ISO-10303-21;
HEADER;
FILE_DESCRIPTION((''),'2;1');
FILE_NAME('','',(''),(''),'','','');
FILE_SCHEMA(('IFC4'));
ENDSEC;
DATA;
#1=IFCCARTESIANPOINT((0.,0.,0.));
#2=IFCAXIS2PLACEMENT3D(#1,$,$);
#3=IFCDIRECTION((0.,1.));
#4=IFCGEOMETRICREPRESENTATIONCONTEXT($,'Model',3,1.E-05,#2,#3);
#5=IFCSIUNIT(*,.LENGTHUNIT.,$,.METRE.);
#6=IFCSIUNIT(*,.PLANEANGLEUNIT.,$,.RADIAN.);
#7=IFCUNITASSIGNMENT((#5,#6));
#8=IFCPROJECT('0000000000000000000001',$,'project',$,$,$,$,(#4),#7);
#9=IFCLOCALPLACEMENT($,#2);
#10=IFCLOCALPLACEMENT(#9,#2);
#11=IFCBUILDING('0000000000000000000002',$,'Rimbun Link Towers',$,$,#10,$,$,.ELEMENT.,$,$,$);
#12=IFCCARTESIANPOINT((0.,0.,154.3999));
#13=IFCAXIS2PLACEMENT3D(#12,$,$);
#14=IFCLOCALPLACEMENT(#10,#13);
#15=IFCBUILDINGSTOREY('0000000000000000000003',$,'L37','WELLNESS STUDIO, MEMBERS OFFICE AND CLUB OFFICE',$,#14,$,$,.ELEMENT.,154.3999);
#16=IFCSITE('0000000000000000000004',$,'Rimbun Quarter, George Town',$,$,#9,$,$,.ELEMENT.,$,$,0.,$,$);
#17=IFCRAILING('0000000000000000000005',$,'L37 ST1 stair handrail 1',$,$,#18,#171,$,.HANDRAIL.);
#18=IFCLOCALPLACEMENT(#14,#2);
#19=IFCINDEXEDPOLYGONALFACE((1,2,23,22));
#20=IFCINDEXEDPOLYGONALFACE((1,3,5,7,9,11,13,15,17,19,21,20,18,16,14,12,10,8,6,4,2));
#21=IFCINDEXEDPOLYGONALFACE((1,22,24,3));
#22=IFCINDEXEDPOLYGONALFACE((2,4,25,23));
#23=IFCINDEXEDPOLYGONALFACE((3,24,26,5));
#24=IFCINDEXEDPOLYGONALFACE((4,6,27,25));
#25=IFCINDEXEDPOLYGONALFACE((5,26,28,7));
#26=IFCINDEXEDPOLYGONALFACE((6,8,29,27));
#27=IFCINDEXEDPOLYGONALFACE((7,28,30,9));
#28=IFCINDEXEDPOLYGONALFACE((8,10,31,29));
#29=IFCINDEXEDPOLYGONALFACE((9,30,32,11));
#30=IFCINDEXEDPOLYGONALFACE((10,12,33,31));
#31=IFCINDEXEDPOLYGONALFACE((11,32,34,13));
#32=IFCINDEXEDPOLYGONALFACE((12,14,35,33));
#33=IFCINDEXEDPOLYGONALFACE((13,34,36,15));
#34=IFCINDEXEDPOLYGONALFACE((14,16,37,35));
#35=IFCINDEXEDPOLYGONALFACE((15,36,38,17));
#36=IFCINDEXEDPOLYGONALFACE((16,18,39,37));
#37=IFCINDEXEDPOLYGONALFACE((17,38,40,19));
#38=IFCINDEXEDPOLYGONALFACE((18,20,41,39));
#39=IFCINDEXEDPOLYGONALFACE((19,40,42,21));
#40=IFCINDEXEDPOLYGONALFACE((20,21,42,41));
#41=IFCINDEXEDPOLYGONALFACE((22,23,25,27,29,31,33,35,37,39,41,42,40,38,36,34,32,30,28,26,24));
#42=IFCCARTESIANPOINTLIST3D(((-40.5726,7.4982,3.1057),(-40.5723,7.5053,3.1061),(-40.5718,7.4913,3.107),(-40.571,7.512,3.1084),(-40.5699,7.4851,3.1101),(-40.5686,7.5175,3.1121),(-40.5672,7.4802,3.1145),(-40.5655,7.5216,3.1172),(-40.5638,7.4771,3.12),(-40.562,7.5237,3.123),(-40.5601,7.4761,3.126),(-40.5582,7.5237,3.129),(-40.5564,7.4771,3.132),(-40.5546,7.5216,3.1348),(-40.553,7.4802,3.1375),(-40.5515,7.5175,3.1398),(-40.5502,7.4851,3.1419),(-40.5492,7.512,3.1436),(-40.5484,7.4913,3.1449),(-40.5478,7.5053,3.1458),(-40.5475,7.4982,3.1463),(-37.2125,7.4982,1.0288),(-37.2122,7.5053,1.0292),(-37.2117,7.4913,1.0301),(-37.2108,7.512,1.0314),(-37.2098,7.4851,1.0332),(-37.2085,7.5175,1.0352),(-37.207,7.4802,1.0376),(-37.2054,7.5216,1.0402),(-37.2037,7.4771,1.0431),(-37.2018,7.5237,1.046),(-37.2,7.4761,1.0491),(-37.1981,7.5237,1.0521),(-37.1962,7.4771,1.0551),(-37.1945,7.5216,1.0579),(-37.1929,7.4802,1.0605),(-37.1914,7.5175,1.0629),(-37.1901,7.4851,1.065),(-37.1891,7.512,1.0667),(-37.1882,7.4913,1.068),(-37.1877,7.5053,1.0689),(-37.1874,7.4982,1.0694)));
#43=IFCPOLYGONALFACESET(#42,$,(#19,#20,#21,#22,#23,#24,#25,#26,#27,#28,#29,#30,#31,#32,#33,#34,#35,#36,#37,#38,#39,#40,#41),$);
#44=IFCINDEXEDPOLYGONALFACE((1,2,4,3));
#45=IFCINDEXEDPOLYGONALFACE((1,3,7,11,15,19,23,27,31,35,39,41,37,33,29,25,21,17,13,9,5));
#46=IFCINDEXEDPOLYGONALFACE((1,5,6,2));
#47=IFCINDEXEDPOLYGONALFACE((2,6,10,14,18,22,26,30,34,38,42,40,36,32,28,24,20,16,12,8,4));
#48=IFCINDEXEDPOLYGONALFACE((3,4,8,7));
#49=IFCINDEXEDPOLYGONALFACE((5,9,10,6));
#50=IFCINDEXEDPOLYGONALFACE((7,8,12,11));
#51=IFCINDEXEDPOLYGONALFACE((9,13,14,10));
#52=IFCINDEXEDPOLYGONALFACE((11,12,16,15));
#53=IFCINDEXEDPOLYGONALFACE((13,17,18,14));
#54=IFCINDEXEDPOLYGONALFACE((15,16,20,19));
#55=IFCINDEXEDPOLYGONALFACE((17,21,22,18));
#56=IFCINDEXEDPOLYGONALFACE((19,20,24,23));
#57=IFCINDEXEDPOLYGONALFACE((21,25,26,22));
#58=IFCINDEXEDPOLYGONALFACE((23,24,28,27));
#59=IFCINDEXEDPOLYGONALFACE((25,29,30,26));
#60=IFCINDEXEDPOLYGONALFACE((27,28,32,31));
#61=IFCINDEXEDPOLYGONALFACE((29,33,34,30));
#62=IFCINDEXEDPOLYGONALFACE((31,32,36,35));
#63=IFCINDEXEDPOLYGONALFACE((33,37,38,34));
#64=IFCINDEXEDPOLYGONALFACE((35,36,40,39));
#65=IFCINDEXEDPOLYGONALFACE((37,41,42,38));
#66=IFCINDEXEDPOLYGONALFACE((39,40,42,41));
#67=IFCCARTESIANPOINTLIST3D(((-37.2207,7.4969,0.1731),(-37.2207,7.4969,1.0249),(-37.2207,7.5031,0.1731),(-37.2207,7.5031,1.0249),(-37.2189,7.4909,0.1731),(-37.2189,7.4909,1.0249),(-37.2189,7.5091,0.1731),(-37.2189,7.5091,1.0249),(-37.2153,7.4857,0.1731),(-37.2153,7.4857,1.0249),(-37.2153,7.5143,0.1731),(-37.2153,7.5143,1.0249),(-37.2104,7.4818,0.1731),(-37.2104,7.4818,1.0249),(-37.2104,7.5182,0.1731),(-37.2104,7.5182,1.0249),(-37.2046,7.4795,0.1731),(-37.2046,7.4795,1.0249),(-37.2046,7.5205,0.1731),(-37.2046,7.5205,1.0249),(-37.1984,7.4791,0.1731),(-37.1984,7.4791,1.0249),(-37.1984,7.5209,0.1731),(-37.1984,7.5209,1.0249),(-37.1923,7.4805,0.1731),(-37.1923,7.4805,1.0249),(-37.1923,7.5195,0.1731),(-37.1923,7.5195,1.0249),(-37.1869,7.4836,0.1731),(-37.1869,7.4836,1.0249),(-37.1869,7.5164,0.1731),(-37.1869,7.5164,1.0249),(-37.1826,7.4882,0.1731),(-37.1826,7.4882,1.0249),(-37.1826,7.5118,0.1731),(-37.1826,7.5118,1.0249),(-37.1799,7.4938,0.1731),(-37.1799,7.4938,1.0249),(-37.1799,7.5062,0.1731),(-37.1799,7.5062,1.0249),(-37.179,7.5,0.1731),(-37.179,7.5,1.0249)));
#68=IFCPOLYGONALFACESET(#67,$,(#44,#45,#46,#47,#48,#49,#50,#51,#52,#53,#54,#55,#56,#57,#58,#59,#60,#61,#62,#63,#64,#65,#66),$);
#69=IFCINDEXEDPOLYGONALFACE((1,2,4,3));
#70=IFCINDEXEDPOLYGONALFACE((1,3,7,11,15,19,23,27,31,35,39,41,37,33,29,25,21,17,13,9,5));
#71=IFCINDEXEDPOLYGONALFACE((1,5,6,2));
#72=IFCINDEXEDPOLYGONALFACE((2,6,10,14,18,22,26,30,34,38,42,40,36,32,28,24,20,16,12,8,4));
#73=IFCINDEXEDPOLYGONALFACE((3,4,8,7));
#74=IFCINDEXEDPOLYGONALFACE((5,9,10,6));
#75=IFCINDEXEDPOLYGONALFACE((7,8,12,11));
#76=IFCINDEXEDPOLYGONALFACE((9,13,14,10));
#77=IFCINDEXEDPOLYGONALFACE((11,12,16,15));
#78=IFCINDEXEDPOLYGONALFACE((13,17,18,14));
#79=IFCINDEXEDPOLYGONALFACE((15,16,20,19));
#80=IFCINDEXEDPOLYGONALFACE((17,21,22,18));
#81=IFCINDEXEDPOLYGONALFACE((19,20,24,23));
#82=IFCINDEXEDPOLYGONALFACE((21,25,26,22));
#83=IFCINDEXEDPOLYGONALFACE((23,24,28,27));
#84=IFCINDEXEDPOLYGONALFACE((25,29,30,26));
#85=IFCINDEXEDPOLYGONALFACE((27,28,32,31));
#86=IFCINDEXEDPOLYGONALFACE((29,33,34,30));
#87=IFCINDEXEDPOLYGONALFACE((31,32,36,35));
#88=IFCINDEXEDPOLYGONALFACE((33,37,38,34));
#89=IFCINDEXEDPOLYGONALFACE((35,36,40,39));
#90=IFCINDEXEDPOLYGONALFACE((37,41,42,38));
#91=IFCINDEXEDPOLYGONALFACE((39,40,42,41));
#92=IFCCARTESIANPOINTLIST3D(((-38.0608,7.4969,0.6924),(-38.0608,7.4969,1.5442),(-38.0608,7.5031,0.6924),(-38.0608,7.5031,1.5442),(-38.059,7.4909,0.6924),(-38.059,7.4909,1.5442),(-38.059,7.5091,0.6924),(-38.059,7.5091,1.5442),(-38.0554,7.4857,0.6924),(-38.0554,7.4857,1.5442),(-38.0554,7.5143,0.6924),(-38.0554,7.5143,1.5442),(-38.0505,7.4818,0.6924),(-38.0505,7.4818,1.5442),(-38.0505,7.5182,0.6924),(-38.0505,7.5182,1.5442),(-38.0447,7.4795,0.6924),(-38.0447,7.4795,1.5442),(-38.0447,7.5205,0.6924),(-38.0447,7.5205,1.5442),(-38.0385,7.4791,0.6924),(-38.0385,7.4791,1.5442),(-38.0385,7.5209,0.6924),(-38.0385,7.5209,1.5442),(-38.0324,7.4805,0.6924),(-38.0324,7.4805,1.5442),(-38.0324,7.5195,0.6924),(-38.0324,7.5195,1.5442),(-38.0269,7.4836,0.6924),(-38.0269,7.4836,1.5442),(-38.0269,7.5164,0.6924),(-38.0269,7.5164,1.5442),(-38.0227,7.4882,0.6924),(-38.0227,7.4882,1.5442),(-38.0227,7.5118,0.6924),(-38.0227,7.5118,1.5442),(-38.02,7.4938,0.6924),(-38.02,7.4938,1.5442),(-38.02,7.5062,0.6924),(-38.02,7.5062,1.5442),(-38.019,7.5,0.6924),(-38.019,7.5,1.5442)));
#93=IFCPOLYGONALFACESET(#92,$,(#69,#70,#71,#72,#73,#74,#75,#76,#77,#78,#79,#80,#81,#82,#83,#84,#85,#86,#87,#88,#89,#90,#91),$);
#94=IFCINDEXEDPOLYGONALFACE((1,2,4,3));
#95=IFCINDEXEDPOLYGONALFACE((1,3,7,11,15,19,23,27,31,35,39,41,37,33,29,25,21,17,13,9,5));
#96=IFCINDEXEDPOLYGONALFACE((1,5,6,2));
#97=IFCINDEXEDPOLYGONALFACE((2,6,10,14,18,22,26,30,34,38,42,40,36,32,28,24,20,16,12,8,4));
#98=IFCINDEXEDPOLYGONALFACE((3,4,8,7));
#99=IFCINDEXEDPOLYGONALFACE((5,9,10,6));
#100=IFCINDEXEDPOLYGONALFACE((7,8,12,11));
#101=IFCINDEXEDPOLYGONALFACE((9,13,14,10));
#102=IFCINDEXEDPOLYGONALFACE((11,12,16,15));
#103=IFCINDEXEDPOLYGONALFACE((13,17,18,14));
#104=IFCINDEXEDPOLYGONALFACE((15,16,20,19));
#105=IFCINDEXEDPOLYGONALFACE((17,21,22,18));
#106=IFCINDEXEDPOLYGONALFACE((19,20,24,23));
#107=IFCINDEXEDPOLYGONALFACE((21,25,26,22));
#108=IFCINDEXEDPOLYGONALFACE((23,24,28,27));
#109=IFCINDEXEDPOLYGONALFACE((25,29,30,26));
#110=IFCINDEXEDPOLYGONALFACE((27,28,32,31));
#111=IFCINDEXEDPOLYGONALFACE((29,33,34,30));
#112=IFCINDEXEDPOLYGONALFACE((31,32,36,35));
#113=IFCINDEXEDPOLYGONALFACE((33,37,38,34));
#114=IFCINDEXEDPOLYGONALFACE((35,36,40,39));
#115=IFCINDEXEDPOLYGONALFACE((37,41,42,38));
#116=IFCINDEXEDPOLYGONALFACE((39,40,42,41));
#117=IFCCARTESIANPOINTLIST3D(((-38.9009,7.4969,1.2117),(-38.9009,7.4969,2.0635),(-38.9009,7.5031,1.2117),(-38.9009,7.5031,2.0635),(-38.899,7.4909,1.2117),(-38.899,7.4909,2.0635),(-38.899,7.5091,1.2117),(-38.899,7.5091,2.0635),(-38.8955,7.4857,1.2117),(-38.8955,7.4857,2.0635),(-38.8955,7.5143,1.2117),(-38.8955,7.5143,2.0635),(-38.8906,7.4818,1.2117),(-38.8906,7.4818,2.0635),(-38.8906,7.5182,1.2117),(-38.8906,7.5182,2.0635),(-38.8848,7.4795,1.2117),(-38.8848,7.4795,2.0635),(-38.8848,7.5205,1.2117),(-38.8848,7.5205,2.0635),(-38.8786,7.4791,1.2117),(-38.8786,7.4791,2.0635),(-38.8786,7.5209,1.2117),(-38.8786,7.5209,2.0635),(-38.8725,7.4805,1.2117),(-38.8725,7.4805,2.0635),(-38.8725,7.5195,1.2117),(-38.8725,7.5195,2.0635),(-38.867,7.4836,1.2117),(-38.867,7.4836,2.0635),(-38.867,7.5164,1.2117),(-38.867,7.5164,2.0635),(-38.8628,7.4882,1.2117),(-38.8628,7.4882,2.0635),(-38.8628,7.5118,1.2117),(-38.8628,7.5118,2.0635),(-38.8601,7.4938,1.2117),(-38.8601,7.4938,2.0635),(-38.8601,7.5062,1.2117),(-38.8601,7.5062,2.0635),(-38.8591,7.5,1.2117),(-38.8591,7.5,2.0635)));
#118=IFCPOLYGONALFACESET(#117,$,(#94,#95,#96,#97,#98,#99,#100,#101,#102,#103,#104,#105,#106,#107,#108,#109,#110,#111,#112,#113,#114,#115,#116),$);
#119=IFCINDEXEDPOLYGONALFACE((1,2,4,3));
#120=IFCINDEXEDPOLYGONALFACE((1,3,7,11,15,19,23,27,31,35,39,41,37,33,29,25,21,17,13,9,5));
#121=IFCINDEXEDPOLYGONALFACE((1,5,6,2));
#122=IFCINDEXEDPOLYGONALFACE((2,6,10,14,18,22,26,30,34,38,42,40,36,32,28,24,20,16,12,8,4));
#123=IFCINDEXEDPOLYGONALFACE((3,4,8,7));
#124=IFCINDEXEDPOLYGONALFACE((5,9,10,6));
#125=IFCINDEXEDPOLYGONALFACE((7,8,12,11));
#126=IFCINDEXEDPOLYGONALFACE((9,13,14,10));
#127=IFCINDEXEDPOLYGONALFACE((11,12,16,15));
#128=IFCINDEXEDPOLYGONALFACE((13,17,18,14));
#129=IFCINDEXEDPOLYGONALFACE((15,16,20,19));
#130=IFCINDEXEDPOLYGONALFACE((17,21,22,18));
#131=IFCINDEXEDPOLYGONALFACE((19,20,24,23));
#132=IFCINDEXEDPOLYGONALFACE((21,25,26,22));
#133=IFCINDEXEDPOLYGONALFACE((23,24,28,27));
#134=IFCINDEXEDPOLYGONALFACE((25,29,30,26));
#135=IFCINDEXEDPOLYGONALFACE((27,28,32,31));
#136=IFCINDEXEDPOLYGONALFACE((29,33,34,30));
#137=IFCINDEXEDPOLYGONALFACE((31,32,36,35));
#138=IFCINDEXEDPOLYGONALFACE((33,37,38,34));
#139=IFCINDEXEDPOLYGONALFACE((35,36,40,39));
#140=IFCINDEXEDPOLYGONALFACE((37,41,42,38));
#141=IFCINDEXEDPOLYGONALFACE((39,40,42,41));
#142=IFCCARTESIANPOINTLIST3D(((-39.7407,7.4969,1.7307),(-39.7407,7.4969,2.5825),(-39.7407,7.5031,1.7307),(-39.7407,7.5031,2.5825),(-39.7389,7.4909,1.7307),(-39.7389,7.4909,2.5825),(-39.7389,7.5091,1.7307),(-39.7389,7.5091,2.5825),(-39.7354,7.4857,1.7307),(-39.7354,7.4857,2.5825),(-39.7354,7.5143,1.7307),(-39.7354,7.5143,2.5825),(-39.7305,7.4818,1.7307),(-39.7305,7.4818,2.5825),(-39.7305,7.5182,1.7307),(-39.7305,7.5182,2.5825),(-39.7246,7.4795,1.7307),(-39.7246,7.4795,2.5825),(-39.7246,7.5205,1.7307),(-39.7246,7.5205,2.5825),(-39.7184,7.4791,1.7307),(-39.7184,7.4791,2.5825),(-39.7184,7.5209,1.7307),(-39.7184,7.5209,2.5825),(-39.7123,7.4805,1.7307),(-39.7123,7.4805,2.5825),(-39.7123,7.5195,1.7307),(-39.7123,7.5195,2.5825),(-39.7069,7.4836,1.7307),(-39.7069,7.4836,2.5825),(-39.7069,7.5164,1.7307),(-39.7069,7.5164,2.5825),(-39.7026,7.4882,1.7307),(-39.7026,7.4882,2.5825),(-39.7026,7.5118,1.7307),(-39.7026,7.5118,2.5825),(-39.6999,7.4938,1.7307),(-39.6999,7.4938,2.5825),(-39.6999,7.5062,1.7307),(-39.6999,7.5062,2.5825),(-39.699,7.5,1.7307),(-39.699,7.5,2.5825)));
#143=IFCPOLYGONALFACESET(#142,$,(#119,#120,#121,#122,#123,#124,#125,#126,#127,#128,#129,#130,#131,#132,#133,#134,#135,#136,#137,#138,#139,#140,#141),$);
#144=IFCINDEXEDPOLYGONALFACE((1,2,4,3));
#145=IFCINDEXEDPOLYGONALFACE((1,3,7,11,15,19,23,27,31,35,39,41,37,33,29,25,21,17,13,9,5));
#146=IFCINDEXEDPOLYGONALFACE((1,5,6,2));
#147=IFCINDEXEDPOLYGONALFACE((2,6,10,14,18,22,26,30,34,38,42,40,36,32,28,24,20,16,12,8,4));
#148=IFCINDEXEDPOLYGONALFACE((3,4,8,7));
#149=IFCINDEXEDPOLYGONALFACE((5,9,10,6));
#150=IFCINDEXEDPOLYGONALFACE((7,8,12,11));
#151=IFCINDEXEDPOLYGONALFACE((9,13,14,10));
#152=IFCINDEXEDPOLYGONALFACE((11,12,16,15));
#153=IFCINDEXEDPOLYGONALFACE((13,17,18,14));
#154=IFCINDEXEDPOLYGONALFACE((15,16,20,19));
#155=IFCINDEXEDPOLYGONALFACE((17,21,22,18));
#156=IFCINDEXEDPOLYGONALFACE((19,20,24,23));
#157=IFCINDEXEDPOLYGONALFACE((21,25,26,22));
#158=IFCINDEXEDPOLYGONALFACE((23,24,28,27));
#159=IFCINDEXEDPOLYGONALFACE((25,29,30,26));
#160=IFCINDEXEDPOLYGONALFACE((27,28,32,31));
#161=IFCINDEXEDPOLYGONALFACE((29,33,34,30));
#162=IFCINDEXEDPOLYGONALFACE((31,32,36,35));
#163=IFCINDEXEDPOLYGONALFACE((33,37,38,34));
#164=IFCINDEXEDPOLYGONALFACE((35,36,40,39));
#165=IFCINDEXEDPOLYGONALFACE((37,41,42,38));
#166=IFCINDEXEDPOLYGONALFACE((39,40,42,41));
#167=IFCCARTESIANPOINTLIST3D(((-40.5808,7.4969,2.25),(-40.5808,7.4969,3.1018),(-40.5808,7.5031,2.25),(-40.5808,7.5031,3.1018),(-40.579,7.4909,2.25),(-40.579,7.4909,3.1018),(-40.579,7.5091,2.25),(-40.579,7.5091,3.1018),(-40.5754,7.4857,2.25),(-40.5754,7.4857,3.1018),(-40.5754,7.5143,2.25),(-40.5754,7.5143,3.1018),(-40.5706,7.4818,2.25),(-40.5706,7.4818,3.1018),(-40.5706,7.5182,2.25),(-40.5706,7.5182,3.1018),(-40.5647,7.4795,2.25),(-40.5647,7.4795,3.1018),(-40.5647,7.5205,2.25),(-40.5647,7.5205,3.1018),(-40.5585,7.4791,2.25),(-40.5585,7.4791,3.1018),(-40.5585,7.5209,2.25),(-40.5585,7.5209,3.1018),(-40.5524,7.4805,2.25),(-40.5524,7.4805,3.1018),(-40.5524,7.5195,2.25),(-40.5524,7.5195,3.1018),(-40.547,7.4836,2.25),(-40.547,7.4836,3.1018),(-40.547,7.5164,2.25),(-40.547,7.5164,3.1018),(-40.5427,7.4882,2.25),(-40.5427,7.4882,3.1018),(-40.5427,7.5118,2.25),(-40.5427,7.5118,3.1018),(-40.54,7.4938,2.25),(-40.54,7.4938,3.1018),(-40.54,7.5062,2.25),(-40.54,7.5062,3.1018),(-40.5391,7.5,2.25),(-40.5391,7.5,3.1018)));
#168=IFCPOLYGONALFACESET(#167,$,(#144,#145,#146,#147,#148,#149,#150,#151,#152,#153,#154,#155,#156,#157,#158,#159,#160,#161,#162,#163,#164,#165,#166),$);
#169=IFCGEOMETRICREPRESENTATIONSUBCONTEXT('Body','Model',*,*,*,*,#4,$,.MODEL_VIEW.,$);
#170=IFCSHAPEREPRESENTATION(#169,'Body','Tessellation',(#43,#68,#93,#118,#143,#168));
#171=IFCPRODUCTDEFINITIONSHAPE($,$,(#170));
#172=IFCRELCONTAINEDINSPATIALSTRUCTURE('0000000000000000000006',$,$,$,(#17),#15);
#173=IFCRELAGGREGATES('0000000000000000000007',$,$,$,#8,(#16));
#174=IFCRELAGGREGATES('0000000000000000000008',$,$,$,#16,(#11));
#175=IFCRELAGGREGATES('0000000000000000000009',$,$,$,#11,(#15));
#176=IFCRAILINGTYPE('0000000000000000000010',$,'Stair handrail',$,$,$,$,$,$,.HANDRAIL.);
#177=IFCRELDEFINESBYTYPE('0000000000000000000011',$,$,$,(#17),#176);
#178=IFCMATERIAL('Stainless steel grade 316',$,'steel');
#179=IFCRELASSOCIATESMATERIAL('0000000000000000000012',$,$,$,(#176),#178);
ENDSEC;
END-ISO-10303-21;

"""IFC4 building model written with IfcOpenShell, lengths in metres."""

from ifc_helpers import new_model, si_unit, direction, frame, origin, origin_2d, place, context, subcontext, project, spatial, circle, extrude, material, type_object, element, save


model = new_model("IFC4")

# Units and contexts
model_context = context("Model", 3, precision=1e-05, world=origin(), true_north=direction((0.0, 1.0)))
body_context = subcontext(model_context, "Body", "Model", "MODEL_VIEW")
ifc_project = project(units=[si_unit("LENGTHUNIT", "METRE"), si_unit("PLANEANGLEUNIT", "RADIAN")], contexts=[model_context])

# Site, building, storey
site_placement = place(None, origin())
site = spatial("IfcSite", under=ifc_project, at=site_placement, Name="Rimbun Quarter, George Town", CompositionType="ELEMENT", RefElevation=0.0)
building_placement = place(site_placement, origin())
building = spatial("IfcBuilding", under=site, at=building_placement, Name="Rimbun Link Towers", CompositionType="ELEMENT")
storey_placement = place(building_placement, frame((0.0, 0.0, 154.3999)))
storey = spatial("IfcBuildingStorey", under=building, at=storey_placement, Name="L37", Description="WELLNESS STUDIO, MEMBERS OFFICE AND CLUB OFFICE", CompositionType="ELEMENT", Elevation=154.3999)

# Railing
ifc_material_1 = material(Name="Stainless steel grade 316", Category="steel")
railing_type_1 = type_object("IfcRailingType", Name="Stair handrail", PredefinedType="HANDRAIL", material=ifc_material_1)
railing_1_placement = place(storey_placement, frame((-37.2, 7.5, 0.1731)))
element("IfcRailing", 1, at=railing_1_placement, inside=storey, type_object=railing_type_1, Name="L37 ST1 stair handrail 1", PredefinedType="HANDRAIL", context=body_context, shape_type="SweptSolid", body=[
    extrude(circle(Radius=0.0239, at=origin_2d()), frame((0.0, 0.0, 0.876), z_axis=(-0.850623, 0.0, 0.525776), x_axis=(0.0, -1.0, 0.0)), (0.0, 0.0, 1.0), 3.9502),
    extrude(circle(Radius=0.021, at=origin_2d()), origin(), (0.0, 0.0, 1.0), 0.8518),
    extrude(circle(Radius=0.021, at=origin_2d()), frame((-0.8401, 0.0, 0.5193)), (0.0, 0.0, 1.0), 0.8518),
    extrude(circle(Radius=0.021, at=origin_2d()), frame((-1.6802, 0.0, 1.0386)), (0.0, 0.0, 1.0), 0.8518),
    extrude(circle(Radius=0.021, at=origin_2d()), frame((-2.52, 0.0, 1.5576)), (0.0, 0.0, 1.0), 0.8518),
    extrude(circle(Radius=0.021, at=origin_2d()), frame((-3.3601, 0.0, 2.0769)), (0.0, 0.0, 1.0), 0.8518),
])

save(model, "model.ifc")
